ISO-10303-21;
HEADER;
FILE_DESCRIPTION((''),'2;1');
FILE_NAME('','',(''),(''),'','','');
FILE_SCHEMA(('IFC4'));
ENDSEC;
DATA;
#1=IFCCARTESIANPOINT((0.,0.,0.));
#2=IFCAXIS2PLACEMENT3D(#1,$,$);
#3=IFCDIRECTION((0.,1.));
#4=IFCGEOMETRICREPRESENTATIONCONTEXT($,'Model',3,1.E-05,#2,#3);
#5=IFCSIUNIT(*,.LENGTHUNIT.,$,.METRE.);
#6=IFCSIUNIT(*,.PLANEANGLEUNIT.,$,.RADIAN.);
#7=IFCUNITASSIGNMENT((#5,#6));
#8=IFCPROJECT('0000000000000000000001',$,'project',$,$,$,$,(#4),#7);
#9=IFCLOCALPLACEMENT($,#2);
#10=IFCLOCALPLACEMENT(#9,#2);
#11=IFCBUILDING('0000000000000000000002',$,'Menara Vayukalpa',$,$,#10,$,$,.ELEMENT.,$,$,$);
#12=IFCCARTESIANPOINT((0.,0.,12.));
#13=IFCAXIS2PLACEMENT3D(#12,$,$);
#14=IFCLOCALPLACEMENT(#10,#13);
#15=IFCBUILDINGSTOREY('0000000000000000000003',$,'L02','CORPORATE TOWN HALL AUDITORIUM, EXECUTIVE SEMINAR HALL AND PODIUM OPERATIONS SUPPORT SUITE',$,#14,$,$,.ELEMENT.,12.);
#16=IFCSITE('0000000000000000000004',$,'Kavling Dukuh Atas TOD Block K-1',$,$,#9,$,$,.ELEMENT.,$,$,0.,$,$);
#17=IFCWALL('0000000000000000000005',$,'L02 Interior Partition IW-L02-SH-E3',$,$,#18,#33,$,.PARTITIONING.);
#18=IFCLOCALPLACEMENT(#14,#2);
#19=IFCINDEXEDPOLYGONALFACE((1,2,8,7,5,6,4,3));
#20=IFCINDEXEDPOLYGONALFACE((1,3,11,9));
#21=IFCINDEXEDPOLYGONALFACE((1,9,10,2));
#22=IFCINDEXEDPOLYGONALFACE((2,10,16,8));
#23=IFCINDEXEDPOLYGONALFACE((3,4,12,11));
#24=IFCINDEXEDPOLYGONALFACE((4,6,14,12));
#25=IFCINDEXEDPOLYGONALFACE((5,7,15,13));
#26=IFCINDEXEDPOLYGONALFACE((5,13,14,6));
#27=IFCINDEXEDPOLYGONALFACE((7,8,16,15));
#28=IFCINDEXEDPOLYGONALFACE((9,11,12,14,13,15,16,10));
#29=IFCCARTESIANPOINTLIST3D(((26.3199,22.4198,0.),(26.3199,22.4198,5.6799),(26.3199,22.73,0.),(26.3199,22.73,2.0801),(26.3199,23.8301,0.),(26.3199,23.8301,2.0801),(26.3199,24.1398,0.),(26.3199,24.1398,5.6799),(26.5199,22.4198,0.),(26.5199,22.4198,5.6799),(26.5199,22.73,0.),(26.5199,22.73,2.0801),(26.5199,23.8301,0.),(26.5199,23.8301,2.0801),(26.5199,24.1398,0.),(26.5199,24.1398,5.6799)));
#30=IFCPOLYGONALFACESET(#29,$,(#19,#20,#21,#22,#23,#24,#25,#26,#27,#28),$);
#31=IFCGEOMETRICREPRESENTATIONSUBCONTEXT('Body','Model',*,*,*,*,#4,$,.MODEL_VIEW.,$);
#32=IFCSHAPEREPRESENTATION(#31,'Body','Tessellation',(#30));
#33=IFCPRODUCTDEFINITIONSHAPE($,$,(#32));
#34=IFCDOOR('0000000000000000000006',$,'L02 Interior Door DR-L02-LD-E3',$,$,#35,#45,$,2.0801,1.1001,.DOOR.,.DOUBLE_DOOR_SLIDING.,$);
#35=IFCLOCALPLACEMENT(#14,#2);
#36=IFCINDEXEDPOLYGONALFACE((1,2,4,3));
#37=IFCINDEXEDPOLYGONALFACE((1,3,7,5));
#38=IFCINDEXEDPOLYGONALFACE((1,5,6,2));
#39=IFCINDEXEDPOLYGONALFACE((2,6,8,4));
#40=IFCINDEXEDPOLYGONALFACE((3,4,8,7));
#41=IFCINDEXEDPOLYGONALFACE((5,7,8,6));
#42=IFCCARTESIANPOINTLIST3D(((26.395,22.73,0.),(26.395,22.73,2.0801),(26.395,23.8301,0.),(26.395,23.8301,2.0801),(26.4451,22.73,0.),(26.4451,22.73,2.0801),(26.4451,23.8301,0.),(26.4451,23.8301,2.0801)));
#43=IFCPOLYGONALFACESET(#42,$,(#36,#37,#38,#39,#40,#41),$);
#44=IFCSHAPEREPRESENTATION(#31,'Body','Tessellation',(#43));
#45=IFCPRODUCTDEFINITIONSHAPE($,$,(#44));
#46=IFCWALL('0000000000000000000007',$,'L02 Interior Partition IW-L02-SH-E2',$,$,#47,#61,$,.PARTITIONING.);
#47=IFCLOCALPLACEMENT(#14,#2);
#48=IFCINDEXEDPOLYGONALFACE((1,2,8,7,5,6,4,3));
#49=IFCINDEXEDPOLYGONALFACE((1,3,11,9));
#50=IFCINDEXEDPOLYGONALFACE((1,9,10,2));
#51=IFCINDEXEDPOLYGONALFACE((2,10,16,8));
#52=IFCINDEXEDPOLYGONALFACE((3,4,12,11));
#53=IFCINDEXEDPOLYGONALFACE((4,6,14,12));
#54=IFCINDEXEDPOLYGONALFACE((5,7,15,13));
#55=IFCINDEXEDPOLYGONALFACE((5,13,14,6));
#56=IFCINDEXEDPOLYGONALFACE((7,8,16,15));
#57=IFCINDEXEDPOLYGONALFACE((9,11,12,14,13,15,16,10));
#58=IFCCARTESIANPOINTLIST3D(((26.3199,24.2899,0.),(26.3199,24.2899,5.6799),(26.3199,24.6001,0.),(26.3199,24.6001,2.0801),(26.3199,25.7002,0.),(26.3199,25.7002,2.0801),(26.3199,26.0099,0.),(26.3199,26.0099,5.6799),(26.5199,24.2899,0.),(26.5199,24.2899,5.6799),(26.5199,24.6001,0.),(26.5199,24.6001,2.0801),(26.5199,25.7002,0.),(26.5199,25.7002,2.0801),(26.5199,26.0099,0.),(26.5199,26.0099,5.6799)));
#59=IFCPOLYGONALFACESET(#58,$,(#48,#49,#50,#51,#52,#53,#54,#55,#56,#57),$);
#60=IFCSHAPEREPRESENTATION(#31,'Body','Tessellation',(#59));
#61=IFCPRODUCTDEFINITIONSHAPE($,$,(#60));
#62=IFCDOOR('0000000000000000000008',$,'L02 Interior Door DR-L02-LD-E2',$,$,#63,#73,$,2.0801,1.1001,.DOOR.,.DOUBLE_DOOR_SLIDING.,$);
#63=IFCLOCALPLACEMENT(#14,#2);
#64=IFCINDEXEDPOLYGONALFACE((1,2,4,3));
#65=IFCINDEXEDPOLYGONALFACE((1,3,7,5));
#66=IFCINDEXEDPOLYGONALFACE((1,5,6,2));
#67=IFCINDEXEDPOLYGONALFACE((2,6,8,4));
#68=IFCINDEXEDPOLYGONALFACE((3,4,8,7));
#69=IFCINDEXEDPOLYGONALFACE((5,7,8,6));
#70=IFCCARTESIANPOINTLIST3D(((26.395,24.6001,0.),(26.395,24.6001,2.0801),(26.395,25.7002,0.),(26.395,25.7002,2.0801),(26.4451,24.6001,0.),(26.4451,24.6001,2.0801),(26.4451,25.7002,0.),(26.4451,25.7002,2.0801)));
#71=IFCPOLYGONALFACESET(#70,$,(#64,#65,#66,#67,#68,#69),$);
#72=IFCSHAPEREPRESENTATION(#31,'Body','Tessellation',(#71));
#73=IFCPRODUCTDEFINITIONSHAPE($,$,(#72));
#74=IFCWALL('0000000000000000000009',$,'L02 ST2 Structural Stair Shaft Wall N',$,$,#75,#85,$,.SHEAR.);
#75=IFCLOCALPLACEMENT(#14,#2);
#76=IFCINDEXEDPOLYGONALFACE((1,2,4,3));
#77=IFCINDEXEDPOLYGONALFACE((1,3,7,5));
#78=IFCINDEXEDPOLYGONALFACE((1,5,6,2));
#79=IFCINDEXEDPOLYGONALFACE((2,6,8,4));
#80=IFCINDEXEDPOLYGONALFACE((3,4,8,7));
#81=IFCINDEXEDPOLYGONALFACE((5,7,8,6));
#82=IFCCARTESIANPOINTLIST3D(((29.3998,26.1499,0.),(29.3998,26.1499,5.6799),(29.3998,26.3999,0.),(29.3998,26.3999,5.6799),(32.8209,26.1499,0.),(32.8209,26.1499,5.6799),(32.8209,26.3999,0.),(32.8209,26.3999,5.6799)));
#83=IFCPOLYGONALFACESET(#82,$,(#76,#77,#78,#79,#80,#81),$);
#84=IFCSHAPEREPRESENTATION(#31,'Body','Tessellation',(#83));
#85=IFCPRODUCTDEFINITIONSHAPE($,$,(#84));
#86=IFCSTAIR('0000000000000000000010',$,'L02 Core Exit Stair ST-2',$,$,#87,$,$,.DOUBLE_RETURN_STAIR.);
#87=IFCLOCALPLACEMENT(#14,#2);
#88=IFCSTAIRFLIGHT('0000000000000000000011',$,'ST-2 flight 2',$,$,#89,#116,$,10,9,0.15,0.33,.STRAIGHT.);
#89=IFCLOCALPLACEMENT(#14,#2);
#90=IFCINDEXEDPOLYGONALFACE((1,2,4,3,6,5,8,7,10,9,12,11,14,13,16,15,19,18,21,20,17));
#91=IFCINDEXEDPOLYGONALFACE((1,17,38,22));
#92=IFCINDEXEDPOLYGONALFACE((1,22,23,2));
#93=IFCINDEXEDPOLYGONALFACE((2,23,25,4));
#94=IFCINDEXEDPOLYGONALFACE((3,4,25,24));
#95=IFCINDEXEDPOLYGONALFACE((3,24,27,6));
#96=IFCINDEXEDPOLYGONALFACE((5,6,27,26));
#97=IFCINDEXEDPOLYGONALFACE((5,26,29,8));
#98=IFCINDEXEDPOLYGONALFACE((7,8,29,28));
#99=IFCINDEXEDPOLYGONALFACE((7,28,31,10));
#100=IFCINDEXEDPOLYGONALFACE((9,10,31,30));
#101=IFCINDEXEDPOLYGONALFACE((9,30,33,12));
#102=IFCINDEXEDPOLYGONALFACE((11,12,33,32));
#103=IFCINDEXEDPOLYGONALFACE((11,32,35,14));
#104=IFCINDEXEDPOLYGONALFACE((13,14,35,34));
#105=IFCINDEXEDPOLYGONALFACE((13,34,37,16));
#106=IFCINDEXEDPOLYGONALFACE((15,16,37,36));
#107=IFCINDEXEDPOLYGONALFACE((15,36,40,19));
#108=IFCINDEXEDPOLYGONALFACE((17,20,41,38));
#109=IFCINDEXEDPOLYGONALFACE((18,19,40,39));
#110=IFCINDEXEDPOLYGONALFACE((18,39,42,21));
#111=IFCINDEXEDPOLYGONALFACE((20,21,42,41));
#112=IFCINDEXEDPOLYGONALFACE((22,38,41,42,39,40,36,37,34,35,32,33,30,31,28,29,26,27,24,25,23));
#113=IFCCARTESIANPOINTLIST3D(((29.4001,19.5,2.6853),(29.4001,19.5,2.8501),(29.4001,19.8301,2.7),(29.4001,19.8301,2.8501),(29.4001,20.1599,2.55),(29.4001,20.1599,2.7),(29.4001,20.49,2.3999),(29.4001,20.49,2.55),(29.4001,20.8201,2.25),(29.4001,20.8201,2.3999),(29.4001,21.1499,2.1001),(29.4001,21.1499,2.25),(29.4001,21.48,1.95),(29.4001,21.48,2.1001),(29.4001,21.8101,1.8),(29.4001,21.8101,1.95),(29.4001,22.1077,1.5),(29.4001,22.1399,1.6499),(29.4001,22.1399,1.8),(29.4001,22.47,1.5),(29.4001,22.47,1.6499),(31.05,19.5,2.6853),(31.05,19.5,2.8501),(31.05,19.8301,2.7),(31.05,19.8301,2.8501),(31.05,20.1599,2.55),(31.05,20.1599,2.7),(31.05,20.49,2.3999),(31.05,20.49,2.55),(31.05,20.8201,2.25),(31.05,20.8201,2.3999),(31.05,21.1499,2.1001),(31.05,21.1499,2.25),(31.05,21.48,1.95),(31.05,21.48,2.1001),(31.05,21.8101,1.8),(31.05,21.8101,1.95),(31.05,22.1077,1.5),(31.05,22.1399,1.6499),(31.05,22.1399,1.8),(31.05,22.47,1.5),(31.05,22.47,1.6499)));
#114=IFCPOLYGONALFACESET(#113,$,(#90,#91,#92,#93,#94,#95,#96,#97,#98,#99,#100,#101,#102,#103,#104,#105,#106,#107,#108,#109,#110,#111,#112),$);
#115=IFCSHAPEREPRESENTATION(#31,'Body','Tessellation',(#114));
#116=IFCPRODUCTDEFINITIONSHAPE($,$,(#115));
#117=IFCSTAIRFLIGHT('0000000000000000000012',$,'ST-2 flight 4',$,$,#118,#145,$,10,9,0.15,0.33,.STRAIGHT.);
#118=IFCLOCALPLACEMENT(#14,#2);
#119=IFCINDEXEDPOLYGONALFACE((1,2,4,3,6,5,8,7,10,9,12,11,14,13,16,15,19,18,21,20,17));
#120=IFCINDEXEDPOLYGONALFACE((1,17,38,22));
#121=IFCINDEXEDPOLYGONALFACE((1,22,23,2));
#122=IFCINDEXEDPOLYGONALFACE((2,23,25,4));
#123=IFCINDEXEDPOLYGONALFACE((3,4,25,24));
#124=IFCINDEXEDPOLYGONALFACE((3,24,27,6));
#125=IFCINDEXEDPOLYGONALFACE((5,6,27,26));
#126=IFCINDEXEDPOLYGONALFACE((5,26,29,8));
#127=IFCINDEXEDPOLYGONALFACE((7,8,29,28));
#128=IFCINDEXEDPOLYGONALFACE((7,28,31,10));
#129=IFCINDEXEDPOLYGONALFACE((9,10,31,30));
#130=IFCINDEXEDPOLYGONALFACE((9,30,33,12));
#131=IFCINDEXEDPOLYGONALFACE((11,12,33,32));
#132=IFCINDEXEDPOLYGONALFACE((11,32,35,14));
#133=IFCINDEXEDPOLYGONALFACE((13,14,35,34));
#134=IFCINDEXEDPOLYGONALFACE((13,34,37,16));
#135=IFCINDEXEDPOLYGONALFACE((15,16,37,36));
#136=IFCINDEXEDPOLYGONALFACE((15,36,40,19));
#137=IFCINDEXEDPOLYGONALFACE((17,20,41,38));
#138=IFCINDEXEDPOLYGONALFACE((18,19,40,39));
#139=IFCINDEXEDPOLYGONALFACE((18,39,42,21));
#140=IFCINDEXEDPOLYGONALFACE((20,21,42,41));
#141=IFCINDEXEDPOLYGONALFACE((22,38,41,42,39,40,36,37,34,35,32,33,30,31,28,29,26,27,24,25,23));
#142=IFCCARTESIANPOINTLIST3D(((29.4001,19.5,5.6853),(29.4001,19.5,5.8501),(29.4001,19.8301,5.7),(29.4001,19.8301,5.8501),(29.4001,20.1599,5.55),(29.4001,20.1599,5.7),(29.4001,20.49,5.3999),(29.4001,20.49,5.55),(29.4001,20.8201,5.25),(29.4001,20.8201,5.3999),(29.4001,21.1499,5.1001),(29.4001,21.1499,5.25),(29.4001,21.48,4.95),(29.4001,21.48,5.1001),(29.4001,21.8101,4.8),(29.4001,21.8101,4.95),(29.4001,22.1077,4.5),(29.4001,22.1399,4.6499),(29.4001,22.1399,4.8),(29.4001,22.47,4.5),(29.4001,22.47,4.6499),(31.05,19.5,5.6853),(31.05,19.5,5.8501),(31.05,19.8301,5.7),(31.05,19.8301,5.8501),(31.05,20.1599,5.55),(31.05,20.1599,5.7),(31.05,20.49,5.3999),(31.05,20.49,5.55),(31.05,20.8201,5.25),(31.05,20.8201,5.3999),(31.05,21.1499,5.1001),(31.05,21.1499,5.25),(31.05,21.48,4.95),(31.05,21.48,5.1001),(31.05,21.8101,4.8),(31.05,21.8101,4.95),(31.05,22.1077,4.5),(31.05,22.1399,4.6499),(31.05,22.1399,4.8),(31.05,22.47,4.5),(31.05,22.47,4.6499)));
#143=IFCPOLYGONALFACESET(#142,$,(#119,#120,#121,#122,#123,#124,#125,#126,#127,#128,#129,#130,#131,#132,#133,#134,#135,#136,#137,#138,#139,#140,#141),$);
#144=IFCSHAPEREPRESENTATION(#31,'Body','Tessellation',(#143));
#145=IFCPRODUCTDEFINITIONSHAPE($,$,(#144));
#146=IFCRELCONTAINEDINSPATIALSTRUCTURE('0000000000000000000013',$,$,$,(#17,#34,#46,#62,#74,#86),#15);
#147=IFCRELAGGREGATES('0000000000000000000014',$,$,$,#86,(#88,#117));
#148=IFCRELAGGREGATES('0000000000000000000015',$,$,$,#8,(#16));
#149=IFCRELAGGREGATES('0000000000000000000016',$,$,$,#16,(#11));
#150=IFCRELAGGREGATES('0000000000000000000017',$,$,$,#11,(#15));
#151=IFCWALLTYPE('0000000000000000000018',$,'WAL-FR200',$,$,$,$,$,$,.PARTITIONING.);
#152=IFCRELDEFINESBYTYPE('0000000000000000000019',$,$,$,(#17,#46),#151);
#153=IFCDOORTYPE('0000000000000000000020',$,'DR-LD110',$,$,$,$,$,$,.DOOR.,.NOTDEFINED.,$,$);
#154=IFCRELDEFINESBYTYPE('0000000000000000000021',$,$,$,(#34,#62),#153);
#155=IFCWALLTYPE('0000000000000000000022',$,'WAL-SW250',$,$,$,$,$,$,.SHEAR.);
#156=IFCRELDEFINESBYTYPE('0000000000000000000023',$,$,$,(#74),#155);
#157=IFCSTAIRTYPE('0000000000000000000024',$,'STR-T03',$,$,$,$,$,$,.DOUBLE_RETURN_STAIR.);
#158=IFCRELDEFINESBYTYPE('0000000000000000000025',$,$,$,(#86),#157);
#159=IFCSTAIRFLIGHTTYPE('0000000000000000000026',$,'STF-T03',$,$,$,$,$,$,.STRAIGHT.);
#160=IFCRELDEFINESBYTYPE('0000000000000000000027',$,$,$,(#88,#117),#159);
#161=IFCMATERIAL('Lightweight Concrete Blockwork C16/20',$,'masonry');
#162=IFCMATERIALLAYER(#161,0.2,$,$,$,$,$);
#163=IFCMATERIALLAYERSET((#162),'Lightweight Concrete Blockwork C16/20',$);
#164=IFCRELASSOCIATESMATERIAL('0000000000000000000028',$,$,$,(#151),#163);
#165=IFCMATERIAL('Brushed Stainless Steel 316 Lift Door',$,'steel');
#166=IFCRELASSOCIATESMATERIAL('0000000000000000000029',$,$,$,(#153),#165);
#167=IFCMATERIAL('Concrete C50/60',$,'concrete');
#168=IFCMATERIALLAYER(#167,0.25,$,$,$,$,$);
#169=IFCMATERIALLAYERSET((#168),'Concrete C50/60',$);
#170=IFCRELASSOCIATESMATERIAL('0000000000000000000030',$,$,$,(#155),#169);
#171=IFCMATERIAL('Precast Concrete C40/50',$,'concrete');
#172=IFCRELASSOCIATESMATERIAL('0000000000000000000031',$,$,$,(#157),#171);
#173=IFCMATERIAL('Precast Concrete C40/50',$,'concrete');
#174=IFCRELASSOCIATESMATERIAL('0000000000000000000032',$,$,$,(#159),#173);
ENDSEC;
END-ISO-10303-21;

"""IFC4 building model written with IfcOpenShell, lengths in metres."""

from ifc_helpers import new_model, si_unit, direction, frame, frame_2d, origin, place, context, subcontext, project, spatial, polyline, rectangle, outline, extrude, material, layer, layer_set, type_object, element, fill, aggregate, save


model = new_model("IFC4")

# Units and contexts
model_context = context("Model", 3, precision=1e-05, world=origin(), true_north=direction((0.0, 1.0)))
body_context = subcontext(model_context, "Body", "Model", "MODEL_VIEW")
ifc_project = project(units=[si_unit("LENGTHUNIT", "METRE"), si_unit("PLANEANGLEUNIT", "RADIAN")], contexts=[model_context])

# Site, building, storey
site_placement = place(None, origin())
site = spatial("IfcSite", under=ifc_project, at=site_placement, Name="Kavling Dukuh Atas TOD Block K-1", CompositionType="ELEMENT", RefElevation=0.0)
building_placement = place(site_placement, origin())
building = spatial("IfcBuilding", under=site, at=building_placement, Name="Menara Vayukalpa", CompositionType="ELEMENT")
storey_placement = place(building_placement, frame((0.0, 0.0, 12.0)))
storey = spatial("IfcBuildingStorey", under=building, at=storey_placement, Name="L02", Description="CORPORATE TOWN HALL AUDITORIUM, EXECUTIVE SEMINAR HALL AND PODIUM OPERATIONS SUPPORT SUITE", CompositionType="ELEMENT", Elevation=12.0)

# Walls, openings, doors
ifc_material_1 = material(Name="Lightweight Concrete Blockwork C16/20", Category="masonry")
ifc_layer_1 = layer(ifc_material_1, 0.2)
ifc_layer_set_1 = layer_set([ifc_layer_1], Name="Lightweight Concrete Blockwork C16/20")
wall_type_1 = type_object("IfcWallType", Name="WAL-FR200", PredefinedType="PARTITIONING", material=ifc_layer_set_1)
ifc_material_2 = material(Name="Brushed Stainless Steel 316 Lift Door", Category="steel")
door_type = type_object("IfcDoorType", Name="DR-LD110", OperationType="NOTDEFINED", PredefinedType="DOOR", material=ifc_material_2)
wall_1_placement = place(storey_placement, frame((26.4199, 22.4199, 0.0), z_axis=(0.0, 0.0, 1.0), x_axis=(0.0, 1.0, 0.0)))
wall_1 = element("IfcWall", 1, at=wall_1_placement, inside=storey, type_object=wall_type_1, Name="L02 Interior Partition IW-L02-SH-E3", PredefinedType="PARTITIONING", context=body_context, shape_type="SweptSolid", body=[
    extrude(rectangle(XDim=1.72, YDim=0.2, at=frame_2d((0.8599, 0.0))), origin(), (0.0, 0.0, 1.0), 5.6799),
])
opening_1_placement = place(wall_1_placement, frame((0.3101, 0.0, 0.0)))
opening_1 = element("IfcOpeningElement", 2, at=opening_1_placement, cuts=wall_1, PredefinedType="OPENING", context=body_context, shape_type="SweptSolid", body=[
    extrude(rectangle(XDim=1.1001, YDim=2.0801, at=frame_2d((0.55, 1.04))), frame((0.0, 0.1099, 0.0), z_axis=(0.0, -1.0, 0.0), x_axis=(1.0, 0.0, 0.0)), (0.0, 0.0, 1.0), 0.22),
])
door_1_placement = place(opening_1_placement, origin())
door_1 = element("IfcDoor", 3, at=door_1_placement, inside=storey, type_object=door_type, Name="L02 Interior Door DR-L02-LD-E3", OperationType="DOUBLE_DOOR_SLIDING", OverallHeight=2.0801, OverallWidth=1.1001, PredefinedType="DOOR", context=body_context, shape_type="SweptSolid", body=[
    extrude(rectangle(XDim=1.1001, YDim=2.0801, at=frame_2d((0.55, 1.04))), frame((0.0, 0.0249, 0.0), z_axis=(0.0, -1.0, 0.0), x_axis=(1.0, 0.0, 0.0)), (0.0, 0.0, 1.0), 0.05),
])
fill(opening_1, door_1)
wall_2_placement = place(storey_placement, frame((26.4199, 24.29, 0.0), z_axis=(0.0, 0.0, 1.0), x_axis=(0.0, 1.0, 0.0)))
wall_2 = element("IfcWall", 4, at=wall_2_placement, inside=storey, type_object=wall_type_1, Name="L02 Interior Partition IW-L02-SH-E2", PredefinedType="PARTITIONING", context=body_context, shape_type="SweptSolid", body=[
    extrude(rectangle(XDim=1.72, YDim=0.2, at=frame_2d((0.8599, 0.0))), origin(), (0.0, 0.0, 1.0), 5.6799),
])
opening_2_placement = place(wall_2_placement, frame((0.3101, 0.0, 0.0)))
opening_2 = element("IfcOpeningElement", 5, at=opening_2_placement, cuts=wall_2, PredefinedType="OPENING", context=body_context, shape_type="SweptSolid", body=[
    extrude(rectangle(XDim=1.1001, YDim=2.0801, at=frame_2d((0.55, 1.04))), frame((0.0, 0.1099, 0.0), z_axis=(0.0, -1.0, 0.0), x_axis=(1.0, 0.0, 0.0)), (0.0, 0.0, 1.0), 0.22),
])
door_2_placement = place(opening_2_placement, origin())
door_2 = element("IfcDoor", 6, at=door_2_placement, inside=storey, type_object=door_type, Name="L02 Interior Door DR-L02-LD-E2", OperationType="DOUBLE_DOOR_SLIDING", OverallHeight=2.0801, OverallWidth=1.1001, PredefinedType="DOOR", context=body_context, shape_type="SweptSolid", body=[
    extrude(rectangle(XDim=1.1001, YDim=2.0801, at=frame_2d((0.55, 1.04))), frame((0.0, 0.0249, 0.0), z_axis=(0.0, -1.0, 0.0), x_axis=(1.0, 0.0, 0.0)), (0.0, 0.0, 1.0), 0.05),
])
fill(opening_2, door_2)

# Wall
ifc_material_3 = material(Name="Concrete C50/60", Category="concrete")
ifc_layer_2 = layer(ifc_material_3, 0.25)
ifc_layer_set_2 = layer_set([ifc_layer_2], Name="Concrete C50/60")
wall_type_2 = type_object("IfcWallType", Name="WAL-SW250", PredefinedType="SHEAR", material=ifc_layer_set_2)
wall_3_placement = place(storey_placement, frame((29.3999, 26.2749, 0.0), z_axis=(0.0, 0.0, 1.0), x_axis=(1.0, 0.0, 0.0)))
element("IfcWall", 7, at=wall_3_placement, inside=storey, type_object=wall_type_2, Name="L02 ST2 Structural Stair Shaft Wall N", PredefinedType="SHEAR", context=body_context, shape_type="SweptSolid", body=[
    extrude(rectangle(XDim=3.4211, YDim=0.25, at=frame_2d((1.7104, 0.0))), origin(), (0.0, 0.0, 1.0), 5.6799),
])

# Stair, stair flights
ifc_material_4 = material(Name="Precast Concrete C40/50", Category="concrete")
stair_type = type_object("IfcStairType", Name="STR-T03", PredefinedType="DOUBLE_RETURN_STAIR", material=ifc_material_4)
stair_placement = place(storey_placement, origin())
stair = element("IfcStair", 8, at=stair_placement, inside=storey, type_object=stair_type, Name="L02 Core Exit Stair ST-2", PredefinedType="DOUBLE_RETURN_STAIR")
ifc_material_5 = material(Name="Precast Concrete C40/50", Category="concrete")
stair_flight_type = type_object("IfcStairFlightType", Name="STF-T03", PredefinedType="STRAIGHT", material=ifc_material_5)
stair_flight_1_placement = place(storey_placement, frame((30.2251, 22.47, 1.5), z_axis=(0.0, 0.0, 1.0), x_axis=(0.0, -1.0, 0.0)))
stair_flight_1 = element("IfcStairFlight", 9, at=stair_flight_1_placement, type_object=stair_flight_type, Name="ST-2 flight 2", NumberOfRisers=10, NumberOfTreads=9, PredefinedType="STRAIGHT", RiserHeight=0.15, TreadLength=0.33, context=body_context, shape_type="SweptSolid", body=[
    extrude(outline(polyline([(0.0, 0.0), (0.0, 0.1499), (0.3301, 0.1499), (0.3301, 0.3), (0.6599, 0.3), (0.6599, 0.45), (0.99, 0.45), (0.99, 0.6001), (1.3201, 0.6001), (1.3201, 0.75), (1.6499, 0.75), (1.6499, 0.8999), (1.98, 0.8999), (1.98, 1.05), (2.3101, 1.05), (2.3101, 1.2), (2.6399, 1.2), (2.6399, 1.3501), (2.97, 1.3501), (2.97, 1.5), (2.97, 1.1853), (0.3623, 0.0), (0.0, 0.0)])), frame((0.0, 0.825, 0.0), z_axis=(0.0, -1.0, 0.0), x_axis=(1.0, 0.0, 0.0)), (0.0, 0.0, 1.0), 1.6499),
])
stair_flight_2_placement = place(storey_placement, frame((30.2251, 22.47, 4.5), z_axis=(0.0, 0.0, 1.0), x_axis=(0.0, -1.0, 0.0)))
stair_flight_2 = element("IfcStairFlight", 10, at=stair_flight_2_placement, type_object=stair_flight_type, Name="ST-2 flight 4", NumberOfRisers=10, NumberOfTreads=9, PredefinedType="STRAIGHT", RiserHeight=0.15, TreadLength=0.33, context=body_context, shape_type="SweptSolid", body=[
    extrude(outline(polyline([(0.0, 0.0), (0.0, 0.1499), (0.3301, 0.1499), (0.3301, 0.3), (0.6599, 0.3), (0.6599, 0.45), (0.99, 0.45), (0.99, 0.6001), (1.3201, 0.6001), (1.3201, 0.75), (1.6499, 0.75), (1.6499, 0.8999), (1.98, 0.8999), (1.98, 1.05), (2.3101, 1.05), (2.3101, 1.2), (2.6399, 1.2), (2.6399, 1.3501), (2.97, 1.3501), (2.97, 1.5), (2.97, 1.1853), (0.3623, 0.0), (0.0, 0.0)])), frame((0.0, 0.825, 0.0), z_axis=(0.0, -1.0, 0.0), x_axis=(1.0, 0.0, 0.0)), (0.0, 0.0, 1.0), 1.6499),
])
aggregate(stair, [stair_flight_1, stair_flight_2])

save(model, "model.ifc")
